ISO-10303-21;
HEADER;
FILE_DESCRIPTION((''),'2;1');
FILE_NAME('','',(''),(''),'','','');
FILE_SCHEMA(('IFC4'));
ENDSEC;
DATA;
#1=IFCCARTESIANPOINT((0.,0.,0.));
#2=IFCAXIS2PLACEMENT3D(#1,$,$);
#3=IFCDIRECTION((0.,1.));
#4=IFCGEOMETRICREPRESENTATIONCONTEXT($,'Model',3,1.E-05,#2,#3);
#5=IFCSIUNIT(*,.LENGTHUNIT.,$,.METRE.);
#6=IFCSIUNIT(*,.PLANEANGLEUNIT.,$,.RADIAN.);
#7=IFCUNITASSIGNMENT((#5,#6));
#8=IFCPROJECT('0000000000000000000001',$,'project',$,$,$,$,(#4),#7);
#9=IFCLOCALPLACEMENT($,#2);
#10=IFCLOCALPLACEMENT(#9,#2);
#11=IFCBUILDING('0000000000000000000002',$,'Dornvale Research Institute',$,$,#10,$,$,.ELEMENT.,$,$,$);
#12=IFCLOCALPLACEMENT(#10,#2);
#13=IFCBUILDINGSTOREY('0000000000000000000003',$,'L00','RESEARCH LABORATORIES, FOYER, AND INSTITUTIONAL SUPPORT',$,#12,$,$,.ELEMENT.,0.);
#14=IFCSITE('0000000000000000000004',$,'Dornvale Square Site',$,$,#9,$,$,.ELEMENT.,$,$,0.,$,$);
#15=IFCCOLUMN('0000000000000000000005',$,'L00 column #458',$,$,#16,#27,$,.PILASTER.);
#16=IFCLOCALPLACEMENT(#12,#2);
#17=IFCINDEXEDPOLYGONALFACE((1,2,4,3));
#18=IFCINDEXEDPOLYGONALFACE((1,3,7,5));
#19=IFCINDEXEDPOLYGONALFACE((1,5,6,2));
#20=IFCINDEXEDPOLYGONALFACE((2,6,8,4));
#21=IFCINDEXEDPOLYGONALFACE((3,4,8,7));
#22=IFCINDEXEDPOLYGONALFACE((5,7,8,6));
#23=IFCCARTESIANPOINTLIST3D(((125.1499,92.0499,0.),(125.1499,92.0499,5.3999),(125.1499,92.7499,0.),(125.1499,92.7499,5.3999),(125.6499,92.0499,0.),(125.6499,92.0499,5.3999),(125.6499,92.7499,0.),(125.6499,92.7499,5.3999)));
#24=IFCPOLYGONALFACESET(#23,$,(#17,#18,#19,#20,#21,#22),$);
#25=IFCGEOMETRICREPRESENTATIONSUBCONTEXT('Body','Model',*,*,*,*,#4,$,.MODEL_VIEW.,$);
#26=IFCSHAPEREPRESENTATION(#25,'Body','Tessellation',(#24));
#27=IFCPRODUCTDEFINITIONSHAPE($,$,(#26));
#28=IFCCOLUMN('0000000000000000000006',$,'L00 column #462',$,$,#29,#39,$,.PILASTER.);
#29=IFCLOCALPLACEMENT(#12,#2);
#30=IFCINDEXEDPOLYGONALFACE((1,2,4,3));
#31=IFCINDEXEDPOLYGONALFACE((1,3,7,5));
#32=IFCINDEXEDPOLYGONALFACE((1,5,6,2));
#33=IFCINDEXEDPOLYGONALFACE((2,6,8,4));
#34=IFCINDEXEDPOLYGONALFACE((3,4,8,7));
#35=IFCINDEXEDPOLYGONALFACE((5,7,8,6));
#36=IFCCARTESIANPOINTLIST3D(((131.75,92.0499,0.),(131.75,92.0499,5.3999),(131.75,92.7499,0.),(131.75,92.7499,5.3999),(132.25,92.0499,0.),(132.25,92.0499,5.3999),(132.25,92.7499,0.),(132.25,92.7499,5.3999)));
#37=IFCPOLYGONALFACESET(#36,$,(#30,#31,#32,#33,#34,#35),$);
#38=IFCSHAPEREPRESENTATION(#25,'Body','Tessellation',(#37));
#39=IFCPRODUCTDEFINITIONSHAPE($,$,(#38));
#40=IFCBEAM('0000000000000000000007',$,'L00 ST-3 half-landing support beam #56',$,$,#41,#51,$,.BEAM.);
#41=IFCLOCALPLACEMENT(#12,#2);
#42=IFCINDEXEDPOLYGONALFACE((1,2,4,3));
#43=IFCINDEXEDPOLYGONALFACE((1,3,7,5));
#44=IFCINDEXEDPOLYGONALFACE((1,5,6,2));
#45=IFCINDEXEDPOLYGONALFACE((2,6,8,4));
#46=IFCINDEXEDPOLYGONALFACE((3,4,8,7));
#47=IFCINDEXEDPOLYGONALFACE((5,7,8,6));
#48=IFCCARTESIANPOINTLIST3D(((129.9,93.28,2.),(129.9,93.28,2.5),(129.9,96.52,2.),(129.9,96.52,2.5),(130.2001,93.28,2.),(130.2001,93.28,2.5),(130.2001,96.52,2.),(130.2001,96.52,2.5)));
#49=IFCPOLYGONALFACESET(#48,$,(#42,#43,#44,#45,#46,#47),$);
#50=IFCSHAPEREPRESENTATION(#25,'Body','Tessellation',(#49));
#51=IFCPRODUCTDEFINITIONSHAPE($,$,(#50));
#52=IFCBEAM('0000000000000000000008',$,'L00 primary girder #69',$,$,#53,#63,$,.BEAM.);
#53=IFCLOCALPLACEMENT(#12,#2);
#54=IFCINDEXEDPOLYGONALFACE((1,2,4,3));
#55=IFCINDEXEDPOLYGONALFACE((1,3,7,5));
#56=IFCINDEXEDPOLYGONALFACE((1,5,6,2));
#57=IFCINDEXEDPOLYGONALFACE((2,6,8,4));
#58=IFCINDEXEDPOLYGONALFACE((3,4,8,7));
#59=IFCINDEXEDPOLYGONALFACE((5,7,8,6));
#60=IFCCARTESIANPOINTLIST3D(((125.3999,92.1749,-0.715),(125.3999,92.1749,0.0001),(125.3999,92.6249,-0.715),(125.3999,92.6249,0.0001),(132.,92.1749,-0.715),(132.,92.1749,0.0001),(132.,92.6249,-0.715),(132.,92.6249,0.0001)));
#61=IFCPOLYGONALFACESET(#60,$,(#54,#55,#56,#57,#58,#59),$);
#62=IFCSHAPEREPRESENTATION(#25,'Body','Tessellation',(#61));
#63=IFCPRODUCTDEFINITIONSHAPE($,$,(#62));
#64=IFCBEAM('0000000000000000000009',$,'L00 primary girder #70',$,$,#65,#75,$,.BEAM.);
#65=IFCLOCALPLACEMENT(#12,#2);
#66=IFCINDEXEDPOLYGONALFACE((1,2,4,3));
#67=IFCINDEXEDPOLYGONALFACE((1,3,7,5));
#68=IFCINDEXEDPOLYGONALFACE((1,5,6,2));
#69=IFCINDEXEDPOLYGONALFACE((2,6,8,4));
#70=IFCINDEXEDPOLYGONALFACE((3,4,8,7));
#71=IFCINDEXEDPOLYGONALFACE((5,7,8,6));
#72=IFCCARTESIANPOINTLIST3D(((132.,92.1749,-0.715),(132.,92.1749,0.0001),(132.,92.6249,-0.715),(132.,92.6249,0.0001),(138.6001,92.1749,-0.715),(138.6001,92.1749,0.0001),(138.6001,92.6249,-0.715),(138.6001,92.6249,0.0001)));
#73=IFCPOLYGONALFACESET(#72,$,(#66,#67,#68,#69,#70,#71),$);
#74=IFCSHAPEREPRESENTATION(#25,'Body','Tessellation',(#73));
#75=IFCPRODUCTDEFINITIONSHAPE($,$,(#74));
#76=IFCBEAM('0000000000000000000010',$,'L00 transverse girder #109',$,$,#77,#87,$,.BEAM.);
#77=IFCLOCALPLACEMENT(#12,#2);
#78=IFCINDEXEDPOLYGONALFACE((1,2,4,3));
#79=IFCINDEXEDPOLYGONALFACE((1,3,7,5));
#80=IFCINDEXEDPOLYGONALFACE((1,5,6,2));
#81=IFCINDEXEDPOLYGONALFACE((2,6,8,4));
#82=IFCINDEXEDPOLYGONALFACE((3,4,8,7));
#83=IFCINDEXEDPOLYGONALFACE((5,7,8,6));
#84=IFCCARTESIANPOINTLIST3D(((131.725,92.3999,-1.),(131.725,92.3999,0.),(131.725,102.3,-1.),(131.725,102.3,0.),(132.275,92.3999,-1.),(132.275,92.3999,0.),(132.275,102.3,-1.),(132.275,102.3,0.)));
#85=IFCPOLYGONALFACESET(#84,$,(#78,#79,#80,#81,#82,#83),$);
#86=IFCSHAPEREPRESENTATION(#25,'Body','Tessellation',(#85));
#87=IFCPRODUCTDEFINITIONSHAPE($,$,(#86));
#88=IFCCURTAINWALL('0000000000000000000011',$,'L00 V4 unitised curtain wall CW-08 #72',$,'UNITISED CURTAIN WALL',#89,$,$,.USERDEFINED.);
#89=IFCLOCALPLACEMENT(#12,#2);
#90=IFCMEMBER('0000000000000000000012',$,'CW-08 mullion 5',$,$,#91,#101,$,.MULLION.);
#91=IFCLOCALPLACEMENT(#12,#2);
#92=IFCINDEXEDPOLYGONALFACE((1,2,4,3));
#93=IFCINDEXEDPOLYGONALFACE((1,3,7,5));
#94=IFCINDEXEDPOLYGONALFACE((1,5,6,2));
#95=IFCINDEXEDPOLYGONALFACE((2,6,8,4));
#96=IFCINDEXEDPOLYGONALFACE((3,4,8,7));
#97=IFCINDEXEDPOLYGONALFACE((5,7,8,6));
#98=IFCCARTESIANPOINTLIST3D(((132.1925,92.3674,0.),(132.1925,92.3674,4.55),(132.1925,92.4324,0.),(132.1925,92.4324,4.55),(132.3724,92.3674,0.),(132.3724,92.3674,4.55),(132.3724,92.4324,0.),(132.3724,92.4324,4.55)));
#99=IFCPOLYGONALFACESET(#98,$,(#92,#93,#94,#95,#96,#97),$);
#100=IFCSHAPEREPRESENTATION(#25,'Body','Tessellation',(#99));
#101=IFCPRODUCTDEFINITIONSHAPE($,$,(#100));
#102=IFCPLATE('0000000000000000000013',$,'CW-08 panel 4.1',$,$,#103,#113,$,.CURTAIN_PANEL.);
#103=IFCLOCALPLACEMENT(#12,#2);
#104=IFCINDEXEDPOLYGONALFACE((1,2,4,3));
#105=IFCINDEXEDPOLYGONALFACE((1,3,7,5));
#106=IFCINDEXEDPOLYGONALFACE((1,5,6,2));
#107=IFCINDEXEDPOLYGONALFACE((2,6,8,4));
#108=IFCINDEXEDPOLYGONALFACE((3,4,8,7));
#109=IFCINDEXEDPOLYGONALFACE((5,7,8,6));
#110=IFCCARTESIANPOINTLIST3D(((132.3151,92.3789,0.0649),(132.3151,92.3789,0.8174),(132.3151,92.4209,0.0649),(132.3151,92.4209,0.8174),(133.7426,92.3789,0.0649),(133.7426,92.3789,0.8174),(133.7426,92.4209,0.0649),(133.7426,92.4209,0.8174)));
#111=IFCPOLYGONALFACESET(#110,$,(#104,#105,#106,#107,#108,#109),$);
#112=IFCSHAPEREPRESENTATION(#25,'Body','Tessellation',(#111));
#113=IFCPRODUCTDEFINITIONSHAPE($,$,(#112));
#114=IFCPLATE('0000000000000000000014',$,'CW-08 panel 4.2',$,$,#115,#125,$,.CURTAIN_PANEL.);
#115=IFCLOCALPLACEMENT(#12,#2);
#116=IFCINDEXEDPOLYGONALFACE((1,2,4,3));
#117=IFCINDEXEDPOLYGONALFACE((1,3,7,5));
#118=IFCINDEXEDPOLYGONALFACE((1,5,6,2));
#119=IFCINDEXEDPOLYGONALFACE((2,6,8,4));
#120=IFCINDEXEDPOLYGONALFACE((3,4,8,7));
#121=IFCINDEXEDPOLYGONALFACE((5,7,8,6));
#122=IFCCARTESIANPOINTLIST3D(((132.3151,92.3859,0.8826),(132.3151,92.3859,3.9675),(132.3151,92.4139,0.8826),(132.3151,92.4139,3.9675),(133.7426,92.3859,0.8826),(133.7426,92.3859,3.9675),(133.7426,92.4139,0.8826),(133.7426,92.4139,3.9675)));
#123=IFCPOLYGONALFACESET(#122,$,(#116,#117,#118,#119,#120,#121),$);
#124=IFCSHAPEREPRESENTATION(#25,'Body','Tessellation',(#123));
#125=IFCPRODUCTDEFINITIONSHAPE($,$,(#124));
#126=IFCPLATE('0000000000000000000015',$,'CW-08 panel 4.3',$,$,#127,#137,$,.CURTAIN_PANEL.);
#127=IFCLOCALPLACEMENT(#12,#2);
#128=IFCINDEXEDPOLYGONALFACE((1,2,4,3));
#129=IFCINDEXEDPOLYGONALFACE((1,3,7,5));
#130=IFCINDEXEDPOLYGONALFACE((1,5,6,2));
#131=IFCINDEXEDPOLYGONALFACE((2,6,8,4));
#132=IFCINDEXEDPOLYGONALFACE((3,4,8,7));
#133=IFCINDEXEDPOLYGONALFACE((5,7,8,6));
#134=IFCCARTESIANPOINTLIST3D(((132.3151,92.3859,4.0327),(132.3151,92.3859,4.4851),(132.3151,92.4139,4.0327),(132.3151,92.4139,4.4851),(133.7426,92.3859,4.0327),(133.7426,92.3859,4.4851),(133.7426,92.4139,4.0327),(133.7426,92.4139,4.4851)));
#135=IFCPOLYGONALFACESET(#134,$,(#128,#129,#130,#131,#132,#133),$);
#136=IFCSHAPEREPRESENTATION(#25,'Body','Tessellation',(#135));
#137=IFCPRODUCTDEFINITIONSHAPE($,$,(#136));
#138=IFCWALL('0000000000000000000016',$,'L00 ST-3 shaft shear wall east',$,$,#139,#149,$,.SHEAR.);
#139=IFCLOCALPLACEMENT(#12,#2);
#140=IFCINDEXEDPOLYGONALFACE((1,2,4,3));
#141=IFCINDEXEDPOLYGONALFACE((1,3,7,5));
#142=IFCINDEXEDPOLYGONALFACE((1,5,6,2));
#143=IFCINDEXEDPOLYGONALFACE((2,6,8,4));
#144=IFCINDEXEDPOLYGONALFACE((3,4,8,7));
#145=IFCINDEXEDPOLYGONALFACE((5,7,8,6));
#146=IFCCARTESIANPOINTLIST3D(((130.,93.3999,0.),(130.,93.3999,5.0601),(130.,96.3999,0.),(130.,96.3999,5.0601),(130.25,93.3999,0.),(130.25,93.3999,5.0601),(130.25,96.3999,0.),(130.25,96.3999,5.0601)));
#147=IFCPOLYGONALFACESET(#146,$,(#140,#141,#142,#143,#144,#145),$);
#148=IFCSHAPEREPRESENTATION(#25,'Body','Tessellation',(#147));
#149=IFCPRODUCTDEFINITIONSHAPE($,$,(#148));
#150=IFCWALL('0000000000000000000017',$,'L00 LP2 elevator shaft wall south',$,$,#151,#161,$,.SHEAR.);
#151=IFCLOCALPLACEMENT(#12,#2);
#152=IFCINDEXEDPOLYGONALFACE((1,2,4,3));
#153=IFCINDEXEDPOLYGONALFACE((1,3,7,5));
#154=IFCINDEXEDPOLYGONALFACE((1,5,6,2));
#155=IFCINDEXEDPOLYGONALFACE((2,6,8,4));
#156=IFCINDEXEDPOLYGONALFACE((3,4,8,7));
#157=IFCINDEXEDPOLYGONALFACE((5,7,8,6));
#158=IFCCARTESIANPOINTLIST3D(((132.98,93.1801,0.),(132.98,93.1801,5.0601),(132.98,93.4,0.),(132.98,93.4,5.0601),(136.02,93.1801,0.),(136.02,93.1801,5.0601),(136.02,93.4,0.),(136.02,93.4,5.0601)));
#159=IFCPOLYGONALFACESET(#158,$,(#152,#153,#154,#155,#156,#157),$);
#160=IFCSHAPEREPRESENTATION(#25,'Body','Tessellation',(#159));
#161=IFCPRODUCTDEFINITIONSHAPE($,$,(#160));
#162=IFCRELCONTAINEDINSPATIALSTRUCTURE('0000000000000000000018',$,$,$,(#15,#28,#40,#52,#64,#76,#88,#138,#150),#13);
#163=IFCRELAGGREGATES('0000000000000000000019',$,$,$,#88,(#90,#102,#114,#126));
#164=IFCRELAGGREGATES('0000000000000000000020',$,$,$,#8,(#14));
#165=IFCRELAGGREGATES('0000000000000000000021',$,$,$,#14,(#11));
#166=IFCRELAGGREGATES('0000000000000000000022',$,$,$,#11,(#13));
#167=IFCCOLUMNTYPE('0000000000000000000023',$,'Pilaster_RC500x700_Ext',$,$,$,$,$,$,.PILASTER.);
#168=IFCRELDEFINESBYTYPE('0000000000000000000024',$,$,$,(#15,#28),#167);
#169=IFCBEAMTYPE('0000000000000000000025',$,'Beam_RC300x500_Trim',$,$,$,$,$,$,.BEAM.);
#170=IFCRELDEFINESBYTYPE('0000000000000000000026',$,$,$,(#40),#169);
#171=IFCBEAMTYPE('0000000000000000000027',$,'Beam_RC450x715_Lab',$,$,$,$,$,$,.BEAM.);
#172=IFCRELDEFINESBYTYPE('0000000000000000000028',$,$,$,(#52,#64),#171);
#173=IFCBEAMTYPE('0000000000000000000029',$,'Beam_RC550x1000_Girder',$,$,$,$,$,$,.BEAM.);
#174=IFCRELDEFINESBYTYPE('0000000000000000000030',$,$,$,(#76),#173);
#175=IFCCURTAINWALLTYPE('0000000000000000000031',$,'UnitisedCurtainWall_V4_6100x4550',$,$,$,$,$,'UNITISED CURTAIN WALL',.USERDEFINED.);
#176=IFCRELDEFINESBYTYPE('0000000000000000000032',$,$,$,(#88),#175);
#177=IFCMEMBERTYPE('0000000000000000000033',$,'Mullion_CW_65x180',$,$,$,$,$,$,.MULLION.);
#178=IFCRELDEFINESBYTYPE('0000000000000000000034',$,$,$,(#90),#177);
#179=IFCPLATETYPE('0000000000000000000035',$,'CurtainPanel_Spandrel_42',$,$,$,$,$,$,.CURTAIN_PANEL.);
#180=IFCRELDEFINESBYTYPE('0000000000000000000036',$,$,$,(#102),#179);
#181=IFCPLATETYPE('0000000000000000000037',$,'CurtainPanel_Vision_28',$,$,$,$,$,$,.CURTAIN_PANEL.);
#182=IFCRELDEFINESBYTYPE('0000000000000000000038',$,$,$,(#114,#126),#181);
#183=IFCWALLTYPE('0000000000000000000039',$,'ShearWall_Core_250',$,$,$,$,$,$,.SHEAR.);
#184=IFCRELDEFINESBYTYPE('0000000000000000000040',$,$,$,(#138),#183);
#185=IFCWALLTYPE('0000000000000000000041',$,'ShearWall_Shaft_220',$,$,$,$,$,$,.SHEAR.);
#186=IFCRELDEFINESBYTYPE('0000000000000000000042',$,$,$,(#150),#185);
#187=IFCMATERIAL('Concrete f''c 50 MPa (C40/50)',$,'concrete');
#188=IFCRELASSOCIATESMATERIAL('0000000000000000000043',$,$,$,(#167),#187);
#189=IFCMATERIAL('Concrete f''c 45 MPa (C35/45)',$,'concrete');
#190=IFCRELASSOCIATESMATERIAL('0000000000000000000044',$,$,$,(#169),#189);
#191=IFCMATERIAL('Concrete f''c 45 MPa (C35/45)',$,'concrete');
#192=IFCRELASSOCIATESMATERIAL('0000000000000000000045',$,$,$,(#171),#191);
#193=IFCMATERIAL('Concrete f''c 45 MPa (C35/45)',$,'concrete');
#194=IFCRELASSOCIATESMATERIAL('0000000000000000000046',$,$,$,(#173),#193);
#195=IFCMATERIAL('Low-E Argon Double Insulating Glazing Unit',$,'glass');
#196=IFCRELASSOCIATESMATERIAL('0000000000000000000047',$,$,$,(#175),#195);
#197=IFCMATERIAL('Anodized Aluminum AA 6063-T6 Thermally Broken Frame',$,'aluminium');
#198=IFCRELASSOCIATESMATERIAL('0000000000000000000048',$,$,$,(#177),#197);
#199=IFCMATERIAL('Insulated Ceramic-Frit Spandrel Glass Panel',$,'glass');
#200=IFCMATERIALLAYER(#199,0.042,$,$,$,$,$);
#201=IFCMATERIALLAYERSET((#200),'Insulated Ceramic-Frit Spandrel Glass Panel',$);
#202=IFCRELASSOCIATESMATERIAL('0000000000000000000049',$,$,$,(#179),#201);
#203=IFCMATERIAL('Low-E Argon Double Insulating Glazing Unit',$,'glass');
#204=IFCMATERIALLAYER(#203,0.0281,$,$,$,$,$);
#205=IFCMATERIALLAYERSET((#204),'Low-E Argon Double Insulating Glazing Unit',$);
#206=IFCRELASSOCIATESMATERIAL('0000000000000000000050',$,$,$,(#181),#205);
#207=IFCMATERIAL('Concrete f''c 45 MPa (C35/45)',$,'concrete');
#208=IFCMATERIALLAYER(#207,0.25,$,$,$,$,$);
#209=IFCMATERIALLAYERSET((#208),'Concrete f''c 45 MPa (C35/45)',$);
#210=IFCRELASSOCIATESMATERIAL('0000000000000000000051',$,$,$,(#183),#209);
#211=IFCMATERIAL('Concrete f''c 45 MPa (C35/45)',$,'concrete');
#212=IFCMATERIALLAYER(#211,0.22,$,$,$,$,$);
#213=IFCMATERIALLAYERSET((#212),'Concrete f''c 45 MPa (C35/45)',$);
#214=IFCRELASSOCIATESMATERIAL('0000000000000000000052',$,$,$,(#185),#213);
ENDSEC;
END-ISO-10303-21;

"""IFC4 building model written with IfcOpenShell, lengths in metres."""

from ifc_helpers import new_model, si_unit, direction, frame, frame_2d, origin, origin_2d, place, context, subcontext, project, spatial, rectangle, extrude, material, layer, layer_set, material_profile, profile_set, type_object, element, aggregate, save


model = new_model("IFC4")

# Units and contexts
model_context = context("Model", 3, precision=1e-05, world=origin(), true_north=direction((0.0, 1.0)))
body_context = subcontext(model_context, "Body", "Model", "MODEL_VIEW")
ifc_project = project(units=[si_unit("LENGTHUNIT", "METRE"), si_unit("PLANEANGLEUNIT", "RADIAN")], contexts=[model_context])

# Site, building, storey
site_placement = place(None, origin())
site = spatial("IfcSite", under=ifc_project, at=site_placement, Name="Dornvale Square Site", CompositionType="ELEMENT", RefElevation=0.0)
building_placement = place(site_placement, origin())
building = spatial("IfcBuilding", under=site, at=building_placement, Name="Dornvale Research Institute", CompositionType="ELEMENT")
storey_placement = place(building_placement, origin())
storey = spatial("IfcBuildingStorey", under=building, at=storey_placement, Name="L00", Description="RESEARCH LABORATORIES, FOYER, AND INSTITUTIONAL SUPPORT", CompositionType="ELEMENT", Elevation=0.0)

# Columns
ifc_material_1 = material(Name="Concrete f'c 50 MPa (C40/50)", Category="concrete")
ifc_material_profile_1 = material_profile(ifc_material_1, rectangle(XDim=0.5, YDim=0.7, at=origin_2d()), Name="RC 500x700")
ifc_profile_set_1 = profile_set([ifc_material_profile_1], Name="Concrete f'c 50 MPa (C40/50)")
column_type = type_object("IfcColumnType", Name="Pilaster_RC500x700_Ext", PredefinedType="PILASTER", material=ifc_profile_set_1)
for number, where, z_axis, x_axis, name in (
    (1, (125.3999, 92.3999, 0.0), (0.0, 0.0, 1.0), (1.0, 0.0, 0.0), "L00 column #458"),
    (2, (132.0, 92.3999, 0.0), (0.0, 0.0, 1.0), (1.0, 0.0, 0.0), "L00 column #462"),
):
    element("IfcColumn", number, at=place(storey_placement, frame(where, z_axis=z_axis, x_axis=x_axis)), inside=storey, type_object=column_type, Name=name, PredefinedType="PILASTER", context=body_context, shape_type="SweptSolid", body=[
        extrude(rectangle(XDim=0.5, YDim=0.7, at=origin_2d()), origin(), (0.0, 0.0, 1.0), 5.3999),
    ])

# Beams
ifc_material_2 = material(Name="Concrete f'c 45 MPa (C35/45)", Category="concrete")
ifc_material_profile_2 = material_profile(ifc_material_2, rectangle(XDim=0.3, YDim=0.5, at=origin_2d()), Name="RC 300x500")
ifc_profile_set_2 = profile_set([ifc_material_profile_2], Name="Concrete f'c 45 MPa (C35/45)")
beam_type_1 = type_object("IfcBeamType", Name="Beam_RC300x500_Trim", PredefinedType="BEAM", material=ifc_profile_set_2)
beam_1_placement = place(storey_placement, frame((130.05, 93.28, 2.25), z_axis=(0.0, 1.0, 0.0), x_axis=(-1.0, 0.0, 0.0)))
element("IfcBeam", 3, at=beam_1_placement, inside=storey, type_object=beam_type_1, Name="L00 ST-3 half-landing support beam #56", PredefinedType="BEAM", context=body_context, shape_type="SweptSolid", body=[
    extrude(rectangle(XDim=0.3, YDim=0.5, at=origin_2d()), origin(), (0.0, 0.0, 1.0), 3.24),
])
ifc_material_3 = material(Name="Concrete f'c 45 MPa (C35/45)", Category="concrete")
ifc_material_profile_3 = material_profile(ifc_material_3, rectangle(XDim=0.45, YDim=0.7151, at=origin_2d()), Name="RC 450x715")
ifc_profile_set_3 = profile_set([ifc_material_profile_3], Name="Concrete f'c 45 MPa (C35/45)")
beam_type_2 = type_object("IfcBeamType", Name="Beam_RC450x715_Lab", PredefinedType="BEAM", material=ifc_profile_set_3)
for number, where, z_axis, x_axis, name in (
    (4, (125.3999, 92.3999, -0.3574), (1.0, 0.0, 0.0), (0.0, 1.0, 0.0), "L00 primary girder #69"),
    (5, (132.0, 92.3999, -0.3574), (1.0, 0.0, 0.0), (0.0, 1.0, 0.0), "L00 primary girder #70"),
):
    element("IfcBeam", number, at=place(storey_placement, frame(where, z_axis=z_axis, x_axis=x_axis)), inside=storey, type_object=beam_type_2, Name=name, PredefinedType="BEAM", context=body_context, shape_type="SweptSolid", body=[
        extrude(rectangle(XDim=0.45, YDim=0.7151, at=origin_2d()), origin(), (0.0, 0.0, 1.0), 6.6001),
    ])
ifc_material_4 = material(Name="Concrete f'c 45 MPa (C35/45)", Category="concrete")
ifc_material_profile_4 = material_profile(ifc_material_4, rectangle(XDim=0.55, YDim=1.0, at=origin_2d()), Name="RC 550x1000")
ifc_profile_set_4 = profile_set([ifc_material_profile_4], Name="Concrete f'c 45 MPa (C35/45)")
beam_type_3 = type_object("IfcBeamType", Name="Beam_RC550x1000_Girder", PredefinedType="BEAM", material=ifc_profile_set_4)
beam_2_placement = place(storey_placement, frame((132.0, 92.3999, -0.5), z_axis=(0.0, 1.0, 0.0), x_axis=(-1.0, 0.0, 0.0)))
element("IfcBeam", 6, at=beam_2_placement, inside=storey, type_object=beam_type_3, Name="L00 transverse girder #109", PredefinedType="BEAM", context=body_context, shape_type="SweptSolid", body=[
    extrude(rectangle(XDim=0.55, YDim=1.0, at=origin_2d()), origin(), (0.0, 0.0, 1.0), 9.9001),
])

# Curtain wall, member, plates
ifc_material_5 = material(Name="Low-E Argon Double Insulating Glazing Unit", Category="glass")
curtain_wall_type = type_object("IfcCurtainWallType", Name="UnitisedCurtainWall_V4_6100x4550", ElementType="UNITISED CURTAIN WALL", PredefinedType="USERDEFINED", material=ifc_material_5)
curtain_wall_placement = place(storey_placement, origin())
curtain_wall = element("IfcCurtainWall", 7, at=curtain_wall_placement, inside=storey, type_object=curtain_wall_type, Name="L00 V4 unitised curtain wall CW-08 #72", ObjectType="UNITISED CURTAIN WALL", PredefinedType="USERDEFINED")
ifc_material_6 = material(Name="Anodized Aluminum AA 6063-T6 Thermally Broken Frame", Category="aluminium")
ifc_material_profile_5 = material_profile(ifc_material_6, rectangle(XDim=0.0649, YDim=0.1799, at=origin_2d()), Name="ALU MULLION 65x180")
ifc_profile_set_5 = profile_set([ifc_material_profile_5], Name="Anodized Aluminum AA 6063-T6 Thermally Broken Frame")
member_type = type_object("IfcMemberType", Name="Mullion_CW_65x180", PredefinedType="MULLION", material=ifc_profile_set_5)
member_placement = place(storey_placement, frame((132.2825, 92.3999, 0.0), z_axis=(0.0, 0.0, 1.0), x_axis=(0.0, -1.0, 0.0)))
member = element("IfcMember", 8, at=member_placement, type_object=member_type, Name="CW-08 mullion 5", PredefinedType="MULLION", context=body_context, shape_type="SweptSolid", body=[
    extrude(rectangle(XDim=0.0649, YDim=0.1799, at=origin_2d()), origin(), (0.0, 0.0, 1.0), 4.55),
])
ifc_material_7 = material(Name="Insulated Ceramic-Frit Spandrel Glass Panel", Category="glass")
ifc_layer_1 = layer(ifc_material_7, 0.042)
ifc_layer_set_1 = layer_set([ifc_layer_1], Name="Insulated Ceramic-Frit Spandrel Glass Panel")
plate_type_1 = type_object("IfcPlateType", Name="CurtainPanel_Spandrel_42", PredefinedType="CURTAIN_PANEL", material=ifc_layer_set_1)
plate_1_placement = place(storey_placement, frame((133.0288, 92.3999, 0.0649), z_axis=(0.0, 0.0, 1.0), x_axis=(-1.0, 0.0, 0.0)))
plate_1 = element("IfcPlate", 9, at=plate_1_placement, type_object=plate_type_1, Name="CW-08 panel 4.1", PredefinedType="CURTAIN_PANEL", context=body_context, shape_type="SweptSolid", body=[
    extrude(rectangle(XDim=1.4275, YDim=0.042, at=origin_2d()), origin(), (0.0, 0.0, 1.0), 0.7524),
])
ifc_material_8 = material(Name="Low-E Argon Double Insulating Glazing Unit", Category="glass")
ifc_layer_2 = layer(ifc_material_8, 0.0281)
ifc_layer_set_2 = layer_set([ifc_layer_2], Name="Low-E Argon Double Insulating Glazing Unit")
plate_type_2 = type_object("IfcPlateType", Name="CurtainPanel_Vision_28", PredefinedType="CURTAIN_PANEL", material=ifc_layer_set_2)
plate_2_placement = place(storey_placement, frame((133.0288, 92.3999, 0.8826), z_axis=(0.0, 0.0, 1.0), x_axis=(-1.0, 0.0, 0.0)))
plate_2 = element("IfcPlate", 10, at=plate_2_placement, type_object=plate_type_2, Name="CW-08 panel 4.2", PredefinedType="CURTAIN_PANEL", context=body_context, shape_type="SweptSolid", body=[
    extrude(rectangle(XDim=1.4275, YDim=0.0281, at=origin_2d()), origin(), (0.0, 0.0, 1.0), 3.085),
])
plate_3_placement = place(storey_placement, frame((133.0288, 92.3999, 4.0327), z_axis=(0.0, 0.0, 1.0), x_axis=(-1.0, 0.0, 0.0)))
plate_3 = element("IfcPlate", 11, at=plate_3_placement, type_object=plate_type_2, Name="CW-08 panel 4.3", PredefinedType="CURTAIN_PANEL", context=body_context, shape_type="SweptSolid", body=[
    extrude(rectangle(XDim=1.4275, YDim=0.0281, at=origin_2d()), origin(), (0.0, 0.0, 1.0), 0.4524),
])
aggregate(curtain_wall, [member, plate_1, plate_2, plate_3])

# Walls
ifc_material_9 = material(Name="Concrete f'c 45 MPa (C35/45)", Category="concrete")
ifc_layer_3 = layer(ifc_material_9, 0.25)
ifc_layer_set_3 = layer_set([ifc_layer_3], Name="Concrete f'c 45 MPa (C35/45)")
wall_type_1 = type_object("IfcWallType", Name="ShearWall_Core_250", PredefinedType="SHEAR", material=ifc_layer_set_3)
wall_1_placement = place(storey_placement, frame((130.125, 93.3999, 0.0), z_axis=(0.0, 0.0, 1.0), x_axis=(0.0, 1.0, 0.0)))
element("IfcWall", 12, at=wall_1_placement, inside=storey, type_object=wall_type_1, Name="L00 ST-3 shaft shear wall east", PredefinedType="SHEAR", context=body_context, shape_type="SweptSolid", body=[
    extrude(rectangle(XDim=3.0, YDim=0.25, at=frame_2d((1.5, 0.0))), origin(), (0.0, 0.0, 1.0), 5.0601),
])
ifc_material_10 = material(Name="Concrete f'c 45 MPa (C35/45)", Category="concrete")
ifc_layer_4 = layer(ifc_material_10, 0.22)
ifc_layer_set_4 = layer_set([ifc_layer_4], Name="Concrete f'c 45 MPa (C35/45)")
wall_type_2 = type_object("IfcWallType", Name="ShearWall_Shaft_220", PredefinedType="SHEAR", material=ifc_layer_set_4)
wall_2_placement = place(storey_placement, frame((132.98, 93.29, 0.0), z_axis=(0.0, 0.0, 1.0), x_axis=(1.0, 0.0, 0.0)))
element("IfcWall", 13, at=wall_2_placement, inside=storey, type_object=wall_type_2, Name="L00 LP2 elevator shaft wall south", PredefinedType="SHEAR", context=body_context, shape_type="SweptSolid", body=[
    extrude(rectangle(XDim=3.04, YDim=0.22, at=frame_2d((1.52, 0.0))), origin(), (0.0, 0.0, 1.0), 5.0601),
])

save(model, "model.ifc")
